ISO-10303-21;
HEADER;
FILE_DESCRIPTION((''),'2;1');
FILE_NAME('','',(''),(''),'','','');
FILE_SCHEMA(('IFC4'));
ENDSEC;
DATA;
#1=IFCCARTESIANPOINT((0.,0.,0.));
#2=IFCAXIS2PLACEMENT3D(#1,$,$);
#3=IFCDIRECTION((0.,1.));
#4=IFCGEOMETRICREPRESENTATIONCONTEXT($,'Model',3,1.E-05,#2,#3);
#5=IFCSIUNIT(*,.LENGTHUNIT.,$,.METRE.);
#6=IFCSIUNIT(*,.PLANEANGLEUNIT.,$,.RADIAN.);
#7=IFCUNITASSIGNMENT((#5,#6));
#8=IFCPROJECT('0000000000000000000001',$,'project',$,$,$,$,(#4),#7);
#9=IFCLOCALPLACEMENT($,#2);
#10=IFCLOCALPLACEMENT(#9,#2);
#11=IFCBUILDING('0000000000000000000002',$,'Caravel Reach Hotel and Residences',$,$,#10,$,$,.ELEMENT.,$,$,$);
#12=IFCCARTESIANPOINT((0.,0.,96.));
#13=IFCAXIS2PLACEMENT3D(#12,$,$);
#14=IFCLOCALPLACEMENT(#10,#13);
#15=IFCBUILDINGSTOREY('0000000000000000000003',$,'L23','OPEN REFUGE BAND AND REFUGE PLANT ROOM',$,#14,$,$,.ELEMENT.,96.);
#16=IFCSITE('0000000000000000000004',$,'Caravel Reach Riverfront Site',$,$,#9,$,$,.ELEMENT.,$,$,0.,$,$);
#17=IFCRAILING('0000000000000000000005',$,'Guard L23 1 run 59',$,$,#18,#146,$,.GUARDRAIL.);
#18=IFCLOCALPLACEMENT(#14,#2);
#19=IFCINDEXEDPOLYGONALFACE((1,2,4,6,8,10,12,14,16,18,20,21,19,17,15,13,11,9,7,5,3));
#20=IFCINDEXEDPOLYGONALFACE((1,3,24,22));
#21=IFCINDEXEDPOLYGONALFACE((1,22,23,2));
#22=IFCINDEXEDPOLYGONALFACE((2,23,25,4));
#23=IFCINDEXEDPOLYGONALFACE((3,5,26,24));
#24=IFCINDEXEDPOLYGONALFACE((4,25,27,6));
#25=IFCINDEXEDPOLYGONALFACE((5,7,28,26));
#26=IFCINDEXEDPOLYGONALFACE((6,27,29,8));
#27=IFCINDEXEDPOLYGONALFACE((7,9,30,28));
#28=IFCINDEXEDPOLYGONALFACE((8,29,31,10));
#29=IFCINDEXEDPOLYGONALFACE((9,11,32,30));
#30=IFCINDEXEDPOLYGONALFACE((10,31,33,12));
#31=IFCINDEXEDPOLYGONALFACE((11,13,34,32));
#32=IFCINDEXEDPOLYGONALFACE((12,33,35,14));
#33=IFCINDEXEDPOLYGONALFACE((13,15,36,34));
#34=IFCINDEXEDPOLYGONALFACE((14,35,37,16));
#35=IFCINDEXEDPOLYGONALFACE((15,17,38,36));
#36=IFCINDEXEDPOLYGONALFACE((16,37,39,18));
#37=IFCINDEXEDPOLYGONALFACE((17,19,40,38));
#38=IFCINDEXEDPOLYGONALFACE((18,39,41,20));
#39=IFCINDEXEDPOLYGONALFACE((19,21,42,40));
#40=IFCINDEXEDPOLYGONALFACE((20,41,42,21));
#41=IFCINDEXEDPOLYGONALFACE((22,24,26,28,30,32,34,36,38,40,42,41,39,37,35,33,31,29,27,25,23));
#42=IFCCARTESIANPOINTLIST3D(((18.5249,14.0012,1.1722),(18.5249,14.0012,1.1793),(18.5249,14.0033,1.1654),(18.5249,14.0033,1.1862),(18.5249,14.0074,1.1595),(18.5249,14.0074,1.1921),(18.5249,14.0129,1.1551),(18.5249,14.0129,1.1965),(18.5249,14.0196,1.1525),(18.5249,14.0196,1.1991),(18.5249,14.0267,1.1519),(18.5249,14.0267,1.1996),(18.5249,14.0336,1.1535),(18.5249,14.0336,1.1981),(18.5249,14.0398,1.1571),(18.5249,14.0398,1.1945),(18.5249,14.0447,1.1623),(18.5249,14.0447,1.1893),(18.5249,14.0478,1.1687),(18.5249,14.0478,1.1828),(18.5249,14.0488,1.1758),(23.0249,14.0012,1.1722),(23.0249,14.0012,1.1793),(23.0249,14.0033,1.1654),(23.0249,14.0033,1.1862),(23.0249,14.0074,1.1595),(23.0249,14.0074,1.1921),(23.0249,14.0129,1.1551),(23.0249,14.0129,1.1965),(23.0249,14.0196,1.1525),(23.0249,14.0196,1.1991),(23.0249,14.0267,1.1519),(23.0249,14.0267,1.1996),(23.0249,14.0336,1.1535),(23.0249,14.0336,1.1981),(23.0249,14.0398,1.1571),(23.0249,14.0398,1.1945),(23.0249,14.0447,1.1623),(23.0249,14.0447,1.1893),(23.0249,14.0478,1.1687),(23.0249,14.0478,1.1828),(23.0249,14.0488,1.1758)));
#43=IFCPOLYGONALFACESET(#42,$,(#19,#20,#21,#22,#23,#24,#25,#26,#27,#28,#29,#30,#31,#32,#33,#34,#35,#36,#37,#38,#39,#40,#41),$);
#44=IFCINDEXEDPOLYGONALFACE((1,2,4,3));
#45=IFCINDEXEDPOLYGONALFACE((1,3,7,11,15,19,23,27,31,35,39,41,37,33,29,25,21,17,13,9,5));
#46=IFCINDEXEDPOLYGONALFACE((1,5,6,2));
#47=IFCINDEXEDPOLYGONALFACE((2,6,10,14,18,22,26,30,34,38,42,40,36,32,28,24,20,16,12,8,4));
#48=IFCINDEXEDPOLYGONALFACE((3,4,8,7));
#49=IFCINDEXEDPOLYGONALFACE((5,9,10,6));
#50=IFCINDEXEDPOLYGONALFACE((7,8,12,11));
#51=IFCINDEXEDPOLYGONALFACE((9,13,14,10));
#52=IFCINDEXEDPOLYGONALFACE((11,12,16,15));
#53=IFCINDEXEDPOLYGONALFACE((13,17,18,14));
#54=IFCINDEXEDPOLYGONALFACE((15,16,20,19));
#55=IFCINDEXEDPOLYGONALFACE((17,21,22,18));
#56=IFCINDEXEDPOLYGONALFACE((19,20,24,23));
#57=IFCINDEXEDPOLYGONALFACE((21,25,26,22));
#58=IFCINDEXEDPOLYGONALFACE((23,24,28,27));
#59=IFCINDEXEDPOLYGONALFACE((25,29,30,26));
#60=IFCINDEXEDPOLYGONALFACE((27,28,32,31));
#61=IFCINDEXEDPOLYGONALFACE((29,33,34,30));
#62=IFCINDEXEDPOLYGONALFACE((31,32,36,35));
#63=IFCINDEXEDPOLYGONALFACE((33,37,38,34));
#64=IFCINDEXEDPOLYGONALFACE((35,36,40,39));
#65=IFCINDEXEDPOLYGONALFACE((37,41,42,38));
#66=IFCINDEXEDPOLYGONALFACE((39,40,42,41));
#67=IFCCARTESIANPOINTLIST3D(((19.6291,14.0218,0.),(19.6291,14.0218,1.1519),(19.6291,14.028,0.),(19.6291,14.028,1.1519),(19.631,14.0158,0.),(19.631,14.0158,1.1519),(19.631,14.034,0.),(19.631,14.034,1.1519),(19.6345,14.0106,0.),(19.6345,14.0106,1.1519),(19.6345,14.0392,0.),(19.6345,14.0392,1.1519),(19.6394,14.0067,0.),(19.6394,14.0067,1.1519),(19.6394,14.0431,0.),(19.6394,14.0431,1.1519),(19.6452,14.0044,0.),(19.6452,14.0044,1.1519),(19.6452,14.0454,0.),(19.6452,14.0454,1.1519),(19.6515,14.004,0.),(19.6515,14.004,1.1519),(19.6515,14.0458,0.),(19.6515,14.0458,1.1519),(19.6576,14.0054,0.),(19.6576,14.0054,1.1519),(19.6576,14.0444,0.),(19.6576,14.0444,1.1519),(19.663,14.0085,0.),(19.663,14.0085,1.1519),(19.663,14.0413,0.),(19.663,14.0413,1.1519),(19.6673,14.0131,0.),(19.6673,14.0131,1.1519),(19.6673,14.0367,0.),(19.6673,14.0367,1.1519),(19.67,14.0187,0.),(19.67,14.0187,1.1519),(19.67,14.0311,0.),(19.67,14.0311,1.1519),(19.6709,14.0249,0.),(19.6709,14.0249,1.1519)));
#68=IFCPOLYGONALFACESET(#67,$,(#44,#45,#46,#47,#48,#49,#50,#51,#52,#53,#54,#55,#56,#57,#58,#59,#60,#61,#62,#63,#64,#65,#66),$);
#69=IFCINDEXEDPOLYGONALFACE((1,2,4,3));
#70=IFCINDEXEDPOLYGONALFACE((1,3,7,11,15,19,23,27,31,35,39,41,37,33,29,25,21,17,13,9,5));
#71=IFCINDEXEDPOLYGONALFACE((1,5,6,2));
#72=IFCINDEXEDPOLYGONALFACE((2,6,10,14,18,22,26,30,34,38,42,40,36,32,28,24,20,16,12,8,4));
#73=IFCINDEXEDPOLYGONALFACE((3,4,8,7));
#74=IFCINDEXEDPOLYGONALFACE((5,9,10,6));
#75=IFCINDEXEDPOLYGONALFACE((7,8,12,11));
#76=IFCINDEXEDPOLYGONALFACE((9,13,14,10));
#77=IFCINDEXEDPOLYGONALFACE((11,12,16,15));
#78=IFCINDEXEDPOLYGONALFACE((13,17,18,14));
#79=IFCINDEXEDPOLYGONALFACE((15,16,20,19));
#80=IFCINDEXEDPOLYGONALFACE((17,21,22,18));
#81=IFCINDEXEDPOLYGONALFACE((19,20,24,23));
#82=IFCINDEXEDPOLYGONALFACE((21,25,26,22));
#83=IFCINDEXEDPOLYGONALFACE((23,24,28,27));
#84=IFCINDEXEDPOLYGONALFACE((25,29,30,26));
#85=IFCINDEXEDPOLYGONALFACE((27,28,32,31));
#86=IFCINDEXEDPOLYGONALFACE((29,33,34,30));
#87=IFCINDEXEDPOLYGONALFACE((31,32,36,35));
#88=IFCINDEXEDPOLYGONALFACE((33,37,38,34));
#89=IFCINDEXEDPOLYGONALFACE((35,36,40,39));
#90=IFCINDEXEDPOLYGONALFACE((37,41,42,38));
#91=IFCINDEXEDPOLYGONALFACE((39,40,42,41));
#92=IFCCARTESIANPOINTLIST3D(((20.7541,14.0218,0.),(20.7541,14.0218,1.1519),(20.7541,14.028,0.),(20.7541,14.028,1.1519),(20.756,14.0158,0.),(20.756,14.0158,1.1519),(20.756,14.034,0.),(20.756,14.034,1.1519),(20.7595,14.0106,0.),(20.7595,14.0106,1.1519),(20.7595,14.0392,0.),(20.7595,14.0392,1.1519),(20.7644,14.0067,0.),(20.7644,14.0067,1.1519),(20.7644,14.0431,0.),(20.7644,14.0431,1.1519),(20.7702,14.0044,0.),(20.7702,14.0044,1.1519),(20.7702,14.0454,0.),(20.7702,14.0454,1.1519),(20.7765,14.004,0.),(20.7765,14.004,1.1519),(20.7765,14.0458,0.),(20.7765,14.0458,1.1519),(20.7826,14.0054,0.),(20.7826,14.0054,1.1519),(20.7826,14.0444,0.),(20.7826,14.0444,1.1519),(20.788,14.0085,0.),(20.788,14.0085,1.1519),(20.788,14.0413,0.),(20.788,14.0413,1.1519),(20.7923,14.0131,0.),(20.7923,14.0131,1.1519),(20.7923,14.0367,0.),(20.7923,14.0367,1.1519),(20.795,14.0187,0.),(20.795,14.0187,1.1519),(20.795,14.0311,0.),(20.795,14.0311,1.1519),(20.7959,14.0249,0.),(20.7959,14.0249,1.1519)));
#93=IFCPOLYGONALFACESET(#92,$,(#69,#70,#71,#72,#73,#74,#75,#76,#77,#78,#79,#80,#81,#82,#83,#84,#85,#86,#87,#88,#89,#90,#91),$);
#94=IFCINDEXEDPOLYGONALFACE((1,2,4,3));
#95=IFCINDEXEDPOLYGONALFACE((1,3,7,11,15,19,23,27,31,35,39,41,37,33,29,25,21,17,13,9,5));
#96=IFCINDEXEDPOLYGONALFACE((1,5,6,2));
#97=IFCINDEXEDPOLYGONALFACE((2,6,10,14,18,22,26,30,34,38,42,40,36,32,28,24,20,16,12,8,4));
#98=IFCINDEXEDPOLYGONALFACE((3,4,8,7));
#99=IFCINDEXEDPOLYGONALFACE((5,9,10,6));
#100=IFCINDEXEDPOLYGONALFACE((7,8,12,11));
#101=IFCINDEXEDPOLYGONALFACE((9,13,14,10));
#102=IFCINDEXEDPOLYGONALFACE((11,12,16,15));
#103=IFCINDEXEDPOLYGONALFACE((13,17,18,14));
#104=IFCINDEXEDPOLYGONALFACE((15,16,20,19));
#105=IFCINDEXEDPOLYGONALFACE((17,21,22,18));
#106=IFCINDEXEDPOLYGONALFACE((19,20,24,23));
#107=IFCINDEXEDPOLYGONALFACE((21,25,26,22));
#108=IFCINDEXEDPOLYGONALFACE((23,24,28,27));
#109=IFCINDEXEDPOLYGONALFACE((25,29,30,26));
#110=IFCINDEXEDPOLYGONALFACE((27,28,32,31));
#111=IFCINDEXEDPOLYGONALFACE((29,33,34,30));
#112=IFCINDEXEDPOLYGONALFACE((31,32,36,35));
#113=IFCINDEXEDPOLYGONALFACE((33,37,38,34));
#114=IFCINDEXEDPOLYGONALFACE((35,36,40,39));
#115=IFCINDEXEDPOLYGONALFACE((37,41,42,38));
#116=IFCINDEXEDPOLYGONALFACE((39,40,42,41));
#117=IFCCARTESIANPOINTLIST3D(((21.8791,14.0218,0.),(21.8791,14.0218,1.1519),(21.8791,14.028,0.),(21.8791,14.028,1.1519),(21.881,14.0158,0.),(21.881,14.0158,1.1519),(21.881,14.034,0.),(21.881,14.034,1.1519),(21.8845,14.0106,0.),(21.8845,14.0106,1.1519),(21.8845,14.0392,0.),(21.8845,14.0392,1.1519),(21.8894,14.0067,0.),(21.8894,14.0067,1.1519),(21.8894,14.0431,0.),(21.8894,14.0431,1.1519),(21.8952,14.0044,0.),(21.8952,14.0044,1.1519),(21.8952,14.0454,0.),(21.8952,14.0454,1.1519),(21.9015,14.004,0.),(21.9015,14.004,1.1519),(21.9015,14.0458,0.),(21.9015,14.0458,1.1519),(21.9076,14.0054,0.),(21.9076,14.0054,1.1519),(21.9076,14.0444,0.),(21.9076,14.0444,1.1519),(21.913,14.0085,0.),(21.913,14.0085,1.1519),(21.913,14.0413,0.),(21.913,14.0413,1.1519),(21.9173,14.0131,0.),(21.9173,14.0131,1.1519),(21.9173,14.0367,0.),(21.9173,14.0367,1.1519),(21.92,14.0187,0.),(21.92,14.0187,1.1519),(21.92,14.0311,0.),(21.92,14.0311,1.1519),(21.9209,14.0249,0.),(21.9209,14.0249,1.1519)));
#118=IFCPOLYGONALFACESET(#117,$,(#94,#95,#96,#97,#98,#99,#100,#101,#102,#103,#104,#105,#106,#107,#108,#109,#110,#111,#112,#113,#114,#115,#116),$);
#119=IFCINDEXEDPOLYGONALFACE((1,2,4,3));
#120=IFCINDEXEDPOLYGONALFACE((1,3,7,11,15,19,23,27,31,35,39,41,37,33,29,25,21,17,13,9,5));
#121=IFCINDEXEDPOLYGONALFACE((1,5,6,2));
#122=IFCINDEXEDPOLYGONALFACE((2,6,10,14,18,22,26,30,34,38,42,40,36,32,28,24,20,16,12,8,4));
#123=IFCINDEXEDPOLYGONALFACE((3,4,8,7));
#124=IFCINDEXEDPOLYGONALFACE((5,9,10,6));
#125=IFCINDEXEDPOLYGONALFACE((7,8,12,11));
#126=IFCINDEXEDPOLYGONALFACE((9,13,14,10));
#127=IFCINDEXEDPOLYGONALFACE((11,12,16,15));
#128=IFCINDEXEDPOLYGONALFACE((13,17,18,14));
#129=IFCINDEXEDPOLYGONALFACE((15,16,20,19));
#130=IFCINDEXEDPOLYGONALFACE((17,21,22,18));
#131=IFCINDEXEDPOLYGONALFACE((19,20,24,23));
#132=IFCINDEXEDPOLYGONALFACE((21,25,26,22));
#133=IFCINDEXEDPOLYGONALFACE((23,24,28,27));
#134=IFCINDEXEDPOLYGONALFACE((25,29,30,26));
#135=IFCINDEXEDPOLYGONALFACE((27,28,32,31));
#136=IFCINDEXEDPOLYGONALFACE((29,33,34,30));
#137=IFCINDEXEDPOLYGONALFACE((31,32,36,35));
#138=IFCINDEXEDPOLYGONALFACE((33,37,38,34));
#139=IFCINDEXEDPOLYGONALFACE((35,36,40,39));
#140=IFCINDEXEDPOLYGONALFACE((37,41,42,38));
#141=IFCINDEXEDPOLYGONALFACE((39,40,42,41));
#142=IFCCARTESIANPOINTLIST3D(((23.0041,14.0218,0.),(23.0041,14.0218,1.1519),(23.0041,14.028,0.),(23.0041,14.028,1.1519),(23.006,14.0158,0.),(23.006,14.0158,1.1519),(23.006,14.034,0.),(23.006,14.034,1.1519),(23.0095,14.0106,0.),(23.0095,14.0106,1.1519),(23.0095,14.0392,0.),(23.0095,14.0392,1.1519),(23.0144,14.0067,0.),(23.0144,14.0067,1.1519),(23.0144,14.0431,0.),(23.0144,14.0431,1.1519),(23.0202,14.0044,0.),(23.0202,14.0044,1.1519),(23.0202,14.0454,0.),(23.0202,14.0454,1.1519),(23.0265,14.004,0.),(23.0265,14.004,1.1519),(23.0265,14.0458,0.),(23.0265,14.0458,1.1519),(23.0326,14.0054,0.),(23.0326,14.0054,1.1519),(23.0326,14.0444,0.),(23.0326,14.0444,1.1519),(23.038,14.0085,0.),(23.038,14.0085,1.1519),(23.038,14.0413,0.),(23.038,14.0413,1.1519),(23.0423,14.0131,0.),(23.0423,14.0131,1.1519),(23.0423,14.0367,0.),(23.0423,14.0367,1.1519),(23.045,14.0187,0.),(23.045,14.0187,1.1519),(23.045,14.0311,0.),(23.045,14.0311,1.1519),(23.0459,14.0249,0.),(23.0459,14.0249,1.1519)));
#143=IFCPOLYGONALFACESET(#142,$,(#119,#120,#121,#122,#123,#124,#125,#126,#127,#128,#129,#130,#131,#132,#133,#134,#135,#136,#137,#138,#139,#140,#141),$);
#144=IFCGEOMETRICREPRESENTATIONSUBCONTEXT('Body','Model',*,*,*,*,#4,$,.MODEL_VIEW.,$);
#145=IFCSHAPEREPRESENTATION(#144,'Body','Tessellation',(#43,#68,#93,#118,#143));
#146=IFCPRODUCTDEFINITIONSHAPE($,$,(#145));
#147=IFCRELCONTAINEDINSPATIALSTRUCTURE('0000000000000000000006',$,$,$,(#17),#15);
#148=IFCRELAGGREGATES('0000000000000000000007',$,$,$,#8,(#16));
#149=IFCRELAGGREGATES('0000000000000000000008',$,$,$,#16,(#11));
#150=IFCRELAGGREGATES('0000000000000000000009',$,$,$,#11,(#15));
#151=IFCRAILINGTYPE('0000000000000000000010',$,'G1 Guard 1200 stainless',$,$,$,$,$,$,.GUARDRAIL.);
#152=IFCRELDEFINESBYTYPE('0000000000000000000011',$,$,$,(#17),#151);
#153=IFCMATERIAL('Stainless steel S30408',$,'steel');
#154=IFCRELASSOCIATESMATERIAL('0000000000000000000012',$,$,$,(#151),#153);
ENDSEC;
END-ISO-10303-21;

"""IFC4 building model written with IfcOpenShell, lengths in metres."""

from ifc_helpers import new_model, si_unit, direction, frame, origin, origin_2d, place, context, subcontext, project, spatial, circle, extrude, material, type_object, element, save


model = new_model("IFC4")

# Units and contexts
model_context = context("Model", 3, precision=1e-05, world=origin(), true_north=direction((0.0, 1.0)))
body_context = subcontext(model_context, "Body", "Model", "MODEL_VIEW")
ifc_project = project(units=[si_unit("LENGTHUNIT", "METRE"), si_unit("PLANEANGLEUNIT", "RADIAN")], contexts=[model_context])

# Site, building, storey
site_placement = place(None, origin())
site = spatial("IfcSite", under=ifc_project, at=site_placement, Name="Caravel Reach Riverfront Site", CompositionType="ELEMENT", RefElevation=0.0)
building_placement = place(site_placement, origin())
building = spatial("IfcBuilding", under=site, at=building_placement, Name="Caravel Reach Hotel and Residences", CompositionType="ELEMENT")
storey_placement = place(building_placement, frame((0.0, 0.0, 96.0)))
storey = spatial("IfcBuildingStorey", under=building, at=storey_placement, Name="L23", Description="OPEN REFUGE BAND AND REFUGE PLANT ROOM", CompositionType="ELEMENT", Elevation=96.0)

# Railing
ifc_material_1 = material(Name="Stainless steel S30408", Category="steel")
railing_type_1 = type_object("IfcRailingType", Name="G1 Guard 1200 stainless", PredefinedType="GUARDRAIL", material=ifc_material_1)
railing_1_placement = place(storey_placement, frame((18.5249, 14.0249, 0.0)))
element("IfcRailing", 1, at=railing_1_placement, inside=storey, type_object=railing_type_1, Name="Guard L23 1 run 59", PredefinedType="GUARDRAIL", context=body_context, shape_type="SweptSolid", body=[
    extrude(circle(Radius=0.0239, at=origin_2d()), frame((0.0, 0.0, 1.1758), z_axis=(1.0, 0.0, 0.0), x_axis=(0.0, 1.0, 0.0)), (0.0, 0.0, 1.0), 4.5),
    extrude(circle(Radius=0.021, at=origin_2d()), frame((1.125, 0.0, 0.0)), (0.0, 0.0, 1.0), 1.1519),
    extrude(circle(Radius=0.021, at=origin_2d()), frame((2.25, 0.0, 0.0)), (0.0, 0.0, 1.0), 1.1519),
    extrude(circle(Radius=0.021, at=origin_2d()), frame((3.375, 0.0, 0.0)), (0.0, 0.0, 1.0), 1.1519),
    extrude(circle(Radius=0.021, at=origin_2d()), frame((4.5, 0.0, 0.0)), (0.0, 0.0, 1.0), 1.1519),
])

save(model, "model.ifc")
